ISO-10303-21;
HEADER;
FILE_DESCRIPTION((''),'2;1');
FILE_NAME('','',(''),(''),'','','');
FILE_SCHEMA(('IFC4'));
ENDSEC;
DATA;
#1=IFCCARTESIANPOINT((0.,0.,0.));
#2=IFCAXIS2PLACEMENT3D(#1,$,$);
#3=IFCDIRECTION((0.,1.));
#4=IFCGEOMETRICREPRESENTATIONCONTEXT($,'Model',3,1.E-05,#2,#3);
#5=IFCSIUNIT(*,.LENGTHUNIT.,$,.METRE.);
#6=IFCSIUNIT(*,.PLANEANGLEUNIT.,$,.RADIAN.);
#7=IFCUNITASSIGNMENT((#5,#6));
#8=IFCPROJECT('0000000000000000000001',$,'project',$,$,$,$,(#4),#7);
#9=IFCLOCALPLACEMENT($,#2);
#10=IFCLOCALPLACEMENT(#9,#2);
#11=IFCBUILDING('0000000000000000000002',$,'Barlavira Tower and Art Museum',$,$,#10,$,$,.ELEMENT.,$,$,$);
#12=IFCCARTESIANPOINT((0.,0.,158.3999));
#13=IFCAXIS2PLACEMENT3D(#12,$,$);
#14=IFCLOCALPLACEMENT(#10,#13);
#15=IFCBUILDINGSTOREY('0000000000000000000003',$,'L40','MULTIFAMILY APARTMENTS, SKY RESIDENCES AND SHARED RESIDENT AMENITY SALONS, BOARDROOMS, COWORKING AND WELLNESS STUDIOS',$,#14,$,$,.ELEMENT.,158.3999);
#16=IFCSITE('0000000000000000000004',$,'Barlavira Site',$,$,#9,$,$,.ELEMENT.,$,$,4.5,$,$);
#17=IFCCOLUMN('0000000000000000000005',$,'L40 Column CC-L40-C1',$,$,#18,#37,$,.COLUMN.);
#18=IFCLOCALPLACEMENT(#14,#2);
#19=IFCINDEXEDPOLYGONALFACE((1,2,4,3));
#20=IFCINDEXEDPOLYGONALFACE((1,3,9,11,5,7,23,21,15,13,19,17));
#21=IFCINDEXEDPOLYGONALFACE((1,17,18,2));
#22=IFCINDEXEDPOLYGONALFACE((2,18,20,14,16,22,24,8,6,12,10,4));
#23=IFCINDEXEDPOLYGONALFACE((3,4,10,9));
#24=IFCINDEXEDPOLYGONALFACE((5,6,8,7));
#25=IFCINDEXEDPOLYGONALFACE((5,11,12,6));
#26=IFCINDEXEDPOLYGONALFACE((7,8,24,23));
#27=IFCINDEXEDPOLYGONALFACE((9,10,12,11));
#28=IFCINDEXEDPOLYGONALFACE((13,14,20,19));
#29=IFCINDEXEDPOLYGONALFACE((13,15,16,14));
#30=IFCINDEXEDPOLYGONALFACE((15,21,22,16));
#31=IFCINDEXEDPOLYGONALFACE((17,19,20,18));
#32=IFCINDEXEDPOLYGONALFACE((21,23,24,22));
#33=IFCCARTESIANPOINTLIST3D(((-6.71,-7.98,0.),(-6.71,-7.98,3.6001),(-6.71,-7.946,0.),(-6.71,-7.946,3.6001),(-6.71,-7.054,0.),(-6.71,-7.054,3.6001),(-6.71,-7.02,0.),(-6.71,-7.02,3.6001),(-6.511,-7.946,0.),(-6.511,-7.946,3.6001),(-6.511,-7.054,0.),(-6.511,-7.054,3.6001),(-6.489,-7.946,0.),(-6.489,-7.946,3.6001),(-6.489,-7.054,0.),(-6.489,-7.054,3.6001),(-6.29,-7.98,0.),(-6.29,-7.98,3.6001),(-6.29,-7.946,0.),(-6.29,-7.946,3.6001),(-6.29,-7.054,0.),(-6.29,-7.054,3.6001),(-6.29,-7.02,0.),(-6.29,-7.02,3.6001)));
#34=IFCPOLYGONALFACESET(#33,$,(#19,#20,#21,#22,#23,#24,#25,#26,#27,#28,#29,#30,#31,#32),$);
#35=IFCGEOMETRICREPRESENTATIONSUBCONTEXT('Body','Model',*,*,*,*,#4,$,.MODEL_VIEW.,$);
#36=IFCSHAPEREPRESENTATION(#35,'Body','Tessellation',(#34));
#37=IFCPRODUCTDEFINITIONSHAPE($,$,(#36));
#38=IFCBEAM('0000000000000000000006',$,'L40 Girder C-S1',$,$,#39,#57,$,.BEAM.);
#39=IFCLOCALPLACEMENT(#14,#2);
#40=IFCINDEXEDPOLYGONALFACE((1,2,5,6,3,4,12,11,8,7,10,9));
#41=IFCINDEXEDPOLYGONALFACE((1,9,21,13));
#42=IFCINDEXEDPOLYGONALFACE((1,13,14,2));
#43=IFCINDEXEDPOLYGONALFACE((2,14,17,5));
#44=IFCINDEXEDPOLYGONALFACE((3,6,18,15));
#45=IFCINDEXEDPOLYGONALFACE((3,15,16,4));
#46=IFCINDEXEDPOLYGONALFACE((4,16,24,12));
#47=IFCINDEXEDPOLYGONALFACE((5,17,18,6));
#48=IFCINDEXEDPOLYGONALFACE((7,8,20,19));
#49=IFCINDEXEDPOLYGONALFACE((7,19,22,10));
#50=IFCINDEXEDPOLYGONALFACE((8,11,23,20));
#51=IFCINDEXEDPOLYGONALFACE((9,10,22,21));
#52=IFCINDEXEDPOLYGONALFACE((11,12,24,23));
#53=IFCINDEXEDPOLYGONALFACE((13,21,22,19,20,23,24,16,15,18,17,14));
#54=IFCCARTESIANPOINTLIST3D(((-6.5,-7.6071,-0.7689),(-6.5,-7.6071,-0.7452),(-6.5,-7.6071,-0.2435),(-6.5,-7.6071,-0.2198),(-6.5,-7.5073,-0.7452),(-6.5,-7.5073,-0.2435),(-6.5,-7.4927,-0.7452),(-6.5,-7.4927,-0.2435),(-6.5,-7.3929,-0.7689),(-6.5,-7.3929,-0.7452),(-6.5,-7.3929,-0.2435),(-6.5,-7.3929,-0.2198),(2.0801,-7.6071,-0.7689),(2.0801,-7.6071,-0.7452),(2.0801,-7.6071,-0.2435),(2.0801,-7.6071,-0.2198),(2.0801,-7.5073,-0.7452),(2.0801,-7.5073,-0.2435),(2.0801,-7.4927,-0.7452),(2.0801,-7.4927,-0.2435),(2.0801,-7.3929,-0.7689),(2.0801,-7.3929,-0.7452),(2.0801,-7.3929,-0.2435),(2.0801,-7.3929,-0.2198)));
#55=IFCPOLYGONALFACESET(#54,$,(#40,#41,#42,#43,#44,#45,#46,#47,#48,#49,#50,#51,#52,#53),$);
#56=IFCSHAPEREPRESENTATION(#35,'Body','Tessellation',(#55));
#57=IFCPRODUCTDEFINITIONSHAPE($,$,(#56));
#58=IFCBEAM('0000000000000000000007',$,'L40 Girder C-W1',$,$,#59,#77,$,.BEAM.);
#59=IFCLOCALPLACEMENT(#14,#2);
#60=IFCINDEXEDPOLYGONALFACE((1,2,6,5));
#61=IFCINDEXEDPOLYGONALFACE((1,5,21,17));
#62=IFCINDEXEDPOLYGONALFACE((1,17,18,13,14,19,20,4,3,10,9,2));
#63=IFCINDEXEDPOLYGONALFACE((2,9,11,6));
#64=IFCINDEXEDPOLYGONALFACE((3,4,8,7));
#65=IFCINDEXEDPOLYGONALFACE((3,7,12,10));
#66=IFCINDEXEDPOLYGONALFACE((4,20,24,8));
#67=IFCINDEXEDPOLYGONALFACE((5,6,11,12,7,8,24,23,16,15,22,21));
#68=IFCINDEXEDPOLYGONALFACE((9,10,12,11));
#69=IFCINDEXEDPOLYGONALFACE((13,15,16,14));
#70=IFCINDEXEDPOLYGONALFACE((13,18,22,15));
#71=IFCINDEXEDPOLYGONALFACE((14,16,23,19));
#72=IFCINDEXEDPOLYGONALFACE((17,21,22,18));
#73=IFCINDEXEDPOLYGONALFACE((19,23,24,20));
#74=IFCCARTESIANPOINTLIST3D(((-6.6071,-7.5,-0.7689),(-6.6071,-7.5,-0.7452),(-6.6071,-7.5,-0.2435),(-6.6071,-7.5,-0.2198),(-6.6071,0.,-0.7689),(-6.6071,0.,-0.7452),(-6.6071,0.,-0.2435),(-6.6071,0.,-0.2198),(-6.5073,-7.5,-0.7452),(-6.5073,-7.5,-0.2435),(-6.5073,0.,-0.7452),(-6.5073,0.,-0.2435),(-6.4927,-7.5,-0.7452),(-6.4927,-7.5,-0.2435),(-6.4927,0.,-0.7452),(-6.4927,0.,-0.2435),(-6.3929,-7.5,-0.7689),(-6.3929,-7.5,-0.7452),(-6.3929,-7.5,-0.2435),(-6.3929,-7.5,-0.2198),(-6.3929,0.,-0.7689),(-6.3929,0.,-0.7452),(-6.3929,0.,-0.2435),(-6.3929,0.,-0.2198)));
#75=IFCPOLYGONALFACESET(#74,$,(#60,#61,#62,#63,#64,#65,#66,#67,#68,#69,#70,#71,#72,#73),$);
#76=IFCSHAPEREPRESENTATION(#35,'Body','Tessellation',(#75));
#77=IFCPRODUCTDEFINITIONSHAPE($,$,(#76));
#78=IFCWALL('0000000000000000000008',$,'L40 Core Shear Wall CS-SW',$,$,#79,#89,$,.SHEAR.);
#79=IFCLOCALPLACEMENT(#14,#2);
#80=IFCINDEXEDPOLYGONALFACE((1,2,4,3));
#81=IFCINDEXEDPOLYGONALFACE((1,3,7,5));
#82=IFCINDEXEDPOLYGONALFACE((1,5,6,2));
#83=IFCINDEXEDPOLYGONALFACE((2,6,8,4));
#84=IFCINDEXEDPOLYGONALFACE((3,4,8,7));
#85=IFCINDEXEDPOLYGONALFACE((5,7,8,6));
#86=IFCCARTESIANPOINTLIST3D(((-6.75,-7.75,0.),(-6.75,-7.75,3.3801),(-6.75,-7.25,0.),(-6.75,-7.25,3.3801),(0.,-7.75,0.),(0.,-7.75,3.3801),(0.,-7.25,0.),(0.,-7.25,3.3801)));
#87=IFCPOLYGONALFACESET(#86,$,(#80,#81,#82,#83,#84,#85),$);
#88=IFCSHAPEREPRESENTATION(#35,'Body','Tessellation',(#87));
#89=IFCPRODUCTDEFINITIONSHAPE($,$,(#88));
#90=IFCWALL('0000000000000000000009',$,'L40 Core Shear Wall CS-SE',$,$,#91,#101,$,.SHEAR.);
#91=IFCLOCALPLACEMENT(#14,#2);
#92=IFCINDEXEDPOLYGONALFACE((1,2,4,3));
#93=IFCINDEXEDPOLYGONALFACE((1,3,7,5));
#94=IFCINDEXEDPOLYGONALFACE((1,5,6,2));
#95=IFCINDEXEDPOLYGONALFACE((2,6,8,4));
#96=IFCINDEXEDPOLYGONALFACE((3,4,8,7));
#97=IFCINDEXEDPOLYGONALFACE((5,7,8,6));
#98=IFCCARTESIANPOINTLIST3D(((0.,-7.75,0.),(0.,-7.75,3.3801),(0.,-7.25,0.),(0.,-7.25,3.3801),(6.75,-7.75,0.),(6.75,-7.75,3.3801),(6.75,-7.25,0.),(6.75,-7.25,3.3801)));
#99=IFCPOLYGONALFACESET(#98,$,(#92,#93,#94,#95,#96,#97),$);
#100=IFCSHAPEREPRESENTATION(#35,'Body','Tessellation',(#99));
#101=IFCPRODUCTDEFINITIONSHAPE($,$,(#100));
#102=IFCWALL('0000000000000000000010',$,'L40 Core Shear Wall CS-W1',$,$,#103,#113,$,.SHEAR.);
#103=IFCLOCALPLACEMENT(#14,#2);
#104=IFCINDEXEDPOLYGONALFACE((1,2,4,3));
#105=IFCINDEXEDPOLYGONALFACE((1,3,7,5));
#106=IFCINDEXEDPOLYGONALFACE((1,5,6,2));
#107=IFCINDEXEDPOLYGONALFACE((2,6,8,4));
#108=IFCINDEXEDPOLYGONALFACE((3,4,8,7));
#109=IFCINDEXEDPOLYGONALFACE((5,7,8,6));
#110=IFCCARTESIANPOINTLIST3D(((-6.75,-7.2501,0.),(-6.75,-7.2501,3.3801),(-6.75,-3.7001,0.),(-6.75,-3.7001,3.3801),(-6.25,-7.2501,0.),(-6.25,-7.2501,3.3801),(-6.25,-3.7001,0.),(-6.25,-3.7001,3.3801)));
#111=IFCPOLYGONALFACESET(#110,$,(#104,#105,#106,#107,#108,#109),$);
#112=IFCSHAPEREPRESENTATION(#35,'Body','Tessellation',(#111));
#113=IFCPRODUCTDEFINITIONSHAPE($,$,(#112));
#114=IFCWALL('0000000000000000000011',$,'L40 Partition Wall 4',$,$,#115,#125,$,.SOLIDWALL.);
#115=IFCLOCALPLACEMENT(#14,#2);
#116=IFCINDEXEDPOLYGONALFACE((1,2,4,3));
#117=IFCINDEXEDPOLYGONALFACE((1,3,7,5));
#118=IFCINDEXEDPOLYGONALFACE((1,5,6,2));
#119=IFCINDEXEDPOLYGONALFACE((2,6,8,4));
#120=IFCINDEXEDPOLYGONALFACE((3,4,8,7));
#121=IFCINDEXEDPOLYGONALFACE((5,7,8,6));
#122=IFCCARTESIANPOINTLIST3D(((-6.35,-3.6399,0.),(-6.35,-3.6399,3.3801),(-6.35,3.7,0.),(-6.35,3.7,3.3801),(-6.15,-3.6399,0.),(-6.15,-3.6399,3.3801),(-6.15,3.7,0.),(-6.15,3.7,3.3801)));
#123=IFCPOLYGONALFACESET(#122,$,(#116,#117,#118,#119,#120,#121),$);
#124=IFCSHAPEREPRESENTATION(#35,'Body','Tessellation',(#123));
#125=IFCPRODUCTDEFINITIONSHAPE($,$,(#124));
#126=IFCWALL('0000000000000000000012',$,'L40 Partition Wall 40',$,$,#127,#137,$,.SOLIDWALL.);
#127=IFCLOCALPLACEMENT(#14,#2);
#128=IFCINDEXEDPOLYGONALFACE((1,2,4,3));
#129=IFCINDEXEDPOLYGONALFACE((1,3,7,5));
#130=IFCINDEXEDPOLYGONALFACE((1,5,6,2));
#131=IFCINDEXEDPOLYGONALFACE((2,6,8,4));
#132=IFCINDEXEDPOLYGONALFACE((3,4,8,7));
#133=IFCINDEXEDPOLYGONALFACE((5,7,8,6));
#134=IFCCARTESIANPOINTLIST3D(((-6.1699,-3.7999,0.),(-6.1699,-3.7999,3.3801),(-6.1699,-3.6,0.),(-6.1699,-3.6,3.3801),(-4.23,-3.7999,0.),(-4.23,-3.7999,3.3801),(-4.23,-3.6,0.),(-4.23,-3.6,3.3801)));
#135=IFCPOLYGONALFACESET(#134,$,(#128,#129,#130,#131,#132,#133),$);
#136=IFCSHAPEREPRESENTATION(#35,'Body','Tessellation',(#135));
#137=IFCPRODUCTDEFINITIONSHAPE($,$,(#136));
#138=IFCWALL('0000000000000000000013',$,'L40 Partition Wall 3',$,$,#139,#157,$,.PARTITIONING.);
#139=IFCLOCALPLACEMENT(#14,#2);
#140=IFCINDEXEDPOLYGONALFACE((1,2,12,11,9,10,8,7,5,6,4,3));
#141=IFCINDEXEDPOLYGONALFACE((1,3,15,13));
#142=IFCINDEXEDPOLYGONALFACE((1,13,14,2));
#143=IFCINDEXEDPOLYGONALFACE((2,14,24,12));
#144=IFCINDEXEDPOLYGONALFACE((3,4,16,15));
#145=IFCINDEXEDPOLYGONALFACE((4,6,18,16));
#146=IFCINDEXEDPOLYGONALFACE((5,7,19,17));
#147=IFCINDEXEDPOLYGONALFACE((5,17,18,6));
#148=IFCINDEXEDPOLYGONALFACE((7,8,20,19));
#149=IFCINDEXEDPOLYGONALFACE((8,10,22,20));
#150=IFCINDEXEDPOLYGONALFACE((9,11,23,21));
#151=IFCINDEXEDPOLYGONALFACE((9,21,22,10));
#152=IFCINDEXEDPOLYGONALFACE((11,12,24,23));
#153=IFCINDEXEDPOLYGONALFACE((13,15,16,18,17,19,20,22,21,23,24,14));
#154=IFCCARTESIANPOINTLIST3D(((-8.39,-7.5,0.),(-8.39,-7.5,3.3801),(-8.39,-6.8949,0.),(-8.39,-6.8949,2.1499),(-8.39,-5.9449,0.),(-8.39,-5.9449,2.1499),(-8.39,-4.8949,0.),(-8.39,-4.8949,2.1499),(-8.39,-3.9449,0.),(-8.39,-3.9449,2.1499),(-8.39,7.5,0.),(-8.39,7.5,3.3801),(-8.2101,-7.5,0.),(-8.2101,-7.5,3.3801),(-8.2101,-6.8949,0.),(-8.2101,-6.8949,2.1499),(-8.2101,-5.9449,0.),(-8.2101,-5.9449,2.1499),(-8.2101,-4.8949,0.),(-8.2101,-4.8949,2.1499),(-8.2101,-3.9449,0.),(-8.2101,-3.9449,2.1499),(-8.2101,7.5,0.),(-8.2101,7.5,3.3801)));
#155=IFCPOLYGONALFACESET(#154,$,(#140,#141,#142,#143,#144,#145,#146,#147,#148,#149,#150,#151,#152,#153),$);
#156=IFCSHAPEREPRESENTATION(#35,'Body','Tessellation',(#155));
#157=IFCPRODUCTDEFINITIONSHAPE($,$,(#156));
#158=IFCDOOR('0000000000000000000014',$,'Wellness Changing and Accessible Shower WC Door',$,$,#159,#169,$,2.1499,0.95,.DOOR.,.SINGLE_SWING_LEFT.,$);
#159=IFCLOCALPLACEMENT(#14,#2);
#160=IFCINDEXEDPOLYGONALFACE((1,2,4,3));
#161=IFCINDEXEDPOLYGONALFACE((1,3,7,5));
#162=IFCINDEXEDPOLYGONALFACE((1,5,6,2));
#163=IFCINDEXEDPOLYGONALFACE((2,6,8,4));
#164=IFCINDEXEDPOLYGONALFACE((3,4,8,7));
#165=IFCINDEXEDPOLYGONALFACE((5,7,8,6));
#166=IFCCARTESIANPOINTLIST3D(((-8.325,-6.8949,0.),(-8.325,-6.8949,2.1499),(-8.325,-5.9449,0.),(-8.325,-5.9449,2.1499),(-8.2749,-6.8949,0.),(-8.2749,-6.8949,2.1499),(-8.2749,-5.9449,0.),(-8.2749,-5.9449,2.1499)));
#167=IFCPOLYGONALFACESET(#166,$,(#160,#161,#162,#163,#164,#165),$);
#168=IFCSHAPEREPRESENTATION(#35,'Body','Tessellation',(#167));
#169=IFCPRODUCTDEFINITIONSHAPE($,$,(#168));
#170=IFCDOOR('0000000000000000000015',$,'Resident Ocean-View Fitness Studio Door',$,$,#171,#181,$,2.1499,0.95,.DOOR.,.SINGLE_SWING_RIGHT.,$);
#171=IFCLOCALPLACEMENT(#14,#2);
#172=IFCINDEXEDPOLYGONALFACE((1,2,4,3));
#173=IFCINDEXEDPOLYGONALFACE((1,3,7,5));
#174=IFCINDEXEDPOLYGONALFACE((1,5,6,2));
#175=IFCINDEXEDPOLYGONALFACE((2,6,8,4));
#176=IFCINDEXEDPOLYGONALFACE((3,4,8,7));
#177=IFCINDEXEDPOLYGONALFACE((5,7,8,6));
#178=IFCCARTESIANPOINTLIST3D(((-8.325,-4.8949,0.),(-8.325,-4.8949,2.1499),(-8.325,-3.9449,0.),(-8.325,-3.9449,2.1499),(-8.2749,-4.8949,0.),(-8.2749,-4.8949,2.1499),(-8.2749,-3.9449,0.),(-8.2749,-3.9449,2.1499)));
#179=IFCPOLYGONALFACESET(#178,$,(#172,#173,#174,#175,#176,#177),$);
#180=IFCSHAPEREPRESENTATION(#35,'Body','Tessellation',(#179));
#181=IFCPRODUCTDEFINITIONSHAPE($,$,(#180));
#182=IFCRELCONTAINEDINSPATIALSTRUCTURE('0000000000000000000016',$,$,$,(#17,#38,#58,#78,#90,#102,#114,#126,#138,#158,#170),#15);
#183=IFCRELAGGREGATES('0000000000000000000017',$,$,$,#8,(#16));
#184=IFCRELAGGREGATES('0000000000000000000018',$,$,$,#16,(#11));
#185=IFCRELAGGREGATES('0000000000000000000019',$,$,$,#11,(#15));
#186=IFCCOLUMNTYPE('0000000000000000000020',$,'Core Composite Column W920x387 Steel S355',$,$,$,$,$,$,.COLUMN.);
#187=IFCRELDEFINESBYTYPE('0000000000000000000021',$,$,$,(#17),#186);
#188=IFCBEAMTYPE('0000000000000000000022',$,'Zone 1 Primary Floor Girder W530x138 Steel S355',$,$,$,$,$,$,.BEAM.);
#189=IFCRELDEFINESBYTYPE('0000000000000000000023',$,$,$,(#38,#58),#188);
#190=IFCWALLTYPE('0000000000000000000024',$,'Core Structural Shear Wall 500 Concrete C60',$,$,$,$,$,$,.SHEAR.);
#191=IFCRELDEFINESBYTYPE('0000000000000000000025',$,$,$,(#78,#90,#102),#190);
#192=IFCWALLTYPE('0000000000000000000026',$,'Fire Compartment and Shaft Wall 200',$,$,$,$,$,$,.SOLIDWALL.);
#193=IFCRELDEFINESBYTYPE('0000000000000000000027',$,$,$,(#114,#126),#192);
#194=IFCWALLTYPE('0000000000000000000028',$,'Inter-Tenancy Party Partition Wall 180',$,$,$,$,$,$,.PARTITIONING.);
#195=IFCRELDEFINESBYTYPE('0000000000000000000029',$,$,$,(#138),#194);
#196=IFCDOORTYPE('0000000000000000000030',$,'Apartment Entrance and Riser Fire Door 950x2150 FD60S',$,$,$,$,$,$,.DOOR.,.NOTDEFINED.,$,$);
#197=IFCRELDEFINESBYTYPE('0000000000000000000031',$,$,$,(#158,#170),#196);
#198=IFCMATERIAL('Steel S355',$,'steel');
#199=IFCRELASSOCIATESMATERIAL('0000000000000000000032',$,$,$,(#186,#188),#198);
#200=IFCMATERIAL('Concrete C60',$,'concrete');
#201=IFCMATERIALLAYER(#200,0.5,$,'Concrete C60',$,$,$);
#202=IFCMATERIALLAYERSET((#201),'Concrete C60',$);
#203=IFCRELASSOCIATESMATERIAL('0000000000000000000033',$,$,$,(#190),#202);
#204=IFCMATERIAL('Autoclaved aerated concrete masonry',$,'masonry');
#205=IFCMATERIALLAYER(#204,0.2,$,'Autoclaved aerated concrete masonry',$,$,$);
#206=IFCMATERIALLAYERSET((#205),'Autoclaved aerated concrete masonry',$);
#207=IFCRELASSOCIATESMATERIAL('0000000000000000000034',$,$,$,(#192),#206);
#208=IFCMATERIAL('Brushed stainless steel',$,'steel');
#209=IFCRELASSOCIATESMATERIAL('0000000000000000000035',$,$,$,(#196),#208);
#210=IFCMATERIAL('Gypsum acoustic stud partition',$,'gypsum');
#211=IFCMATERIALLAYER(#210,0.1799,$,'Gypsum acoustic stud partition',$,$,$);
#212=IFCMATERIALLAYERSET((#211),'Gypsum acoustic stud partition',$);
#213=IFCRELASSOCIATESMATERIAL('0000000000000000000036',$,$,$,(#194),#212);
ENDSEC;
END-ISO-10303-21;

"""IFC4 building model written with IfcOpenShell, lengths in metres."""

from ifc_helpers import new_model, si_unit, direction, frame, frame_2d, origin, origin_2d, place, context, subcontext, project, spatial, rectangle, i_section, extrude, material, layer, layer_set, material_profile, profile_set, type_object, element, fill, save


model = new_model("IFC4")

# Units and contexts
model_context = context("Model", 3, precision=1e-05, world=origin(), true_north=direction((0.0, 1.0)))
body_context = subcontext(model_context, "Body", "Model", "MODEL_VIEW")
ifc_project = project(units=[si_unit("LENGTHUNIT", "METRE"), si_unit("PLANEANGLEUNIT", "RADIAN")], contexts=[model_context])

# Site, building, storey
site_placement = place(None, origin())
site = spatial("IfcSite", under=ifc_project, at=site_placement, Name="Barlavira Site", CompositionType="ELEMENT", RefElevation=4.5)
building_placement = place(site_placement, origin())
building = spatial("IfcBuilding", under=site, at=building_placement, Name="Barlavira Tower and Art Museum", CompositionType="ELEMENT")
storey_placement = place(building_placement, frame((0.0, 0.0, 158.3999)))
storey = spatial("IfcBuildingStorey", under=building, at=storey_placement, Name="L40", Description="MULTIFAMILY APARTMENTS, SKY RESIDENCES AND SHARED RESIDENT AMENITY SALONS, BOARDROOMS, COWORKING AND WELLNESS STUDIOS", CompositionType="ELEMENT", Elevation=158.3999)

# Column
ifc_material_1 = material(Name="Steel S355", Category="steel")
ifc_material_profile_1 = material_profile(ifc_material_1, i_section(OverallWidth=0.4199, OverallDepth=0.96, WebThickness=0.022, FlangeThickness=0.0339, at=origin_2d()), Name="W920x387.0")
ifc_profile_set_1 = profile_set([ifc_material_profile_1], Name="Steel S355")
column_type = type_object("IfcColumnType", Name="Core Composite Column W920x387 Steel S355", PredefinedType="COLUMN", material=ifc_profile_set_1)
column_placement = place(storey_placement, frame((-6.5, -7.5, 0.0), z_axis=(0.0, 0.0, 1.0), x_axis=(1.0, 0.0, 0.0)))
element("IfcColumn", 1, at=column_placement, inside=storey, type_object=column_type, Name="L40 Column CC-L40-C1", PredefinedType="COLUMN", context=body_context, shape_type="SweptSolid", body=[
    extrude(i_section(OverallWidth=0.4199, OverallDepth=0.96, WebThickness=0.022, FlangeThickness=0.0339, at=origin_2d()), origin(), (0.0, 0.0, 1.0), 3.6001),
])

# Beams
ifc_material_profile_2 = material_profile(ifc_material_1, i_section(OverallWidth=0.2141, OverallDepth=0.5491, WebThickness=0.0146, FlangeThickness=0.0237, at=origin_2d()), Name="W530x138.0")
ifc_profile_set_2 = profile_set([ifc_material_profile_2], Name="Steel S355")
beam_type = type_object("IfcBeamType", Name="Zone 1 Primary Floor Girder W530x138 Steel S355", PredefinedType="BEAM", material=ifc_profile_set_2)
beam_1_placement = place(storey_placement, frame((-6.5, -7.5, -0.4944), z_axis=(1.0, 0.0, 0.0), x_axis=(0.0, 1.0, 0.0)))
element("IfcBeam", 2, at=beam_1_placement, inside=storey, type_object=beam_type, Name="L40 Girder C-S1", PredefinedType="BEAM", context=body_context, shape_type="SweptSolid", body=[
    extrude(i_section(OverallWidth=0.2141, OverallDepth=0.5491, WebThickness=0.0146, FlangeThickness=0.0237, at=origin_2d()), origin(), (0.0, 0.0, 1.0), 8.5801),
])
beam_2_placement = place(storey_placement, frame((-6.5, -7.5, -0.4944), z_axis=(0.0, 1.0, 0.0), x_axis=(-1.0, 0.0, 0.0)))
element("IfcBeam", 3, at=beam_2_placement, inside=storey, type_object=beam_type, Name="L40 Girder C-W1", PredefinedType="BEAM", context=body_context, shape_type="SweptSolid", body=[
    extrude(i_section(OverallWidth=0.2141, OverallDepth=0.5491, WebThickness=0.0146, FlangeThickness=0.0237, at=origin_2d()), origin(), (0.0, 0.0, 1.0), 7.5),
])

# Walls
ifc_material_2 = material(Name="Concrete C60", Category="concrete")
ifc_layer_1 = layer(ifc_material_2, 0.5, Name="Concrete C60")
ifc_layer_set_1 = layer_set([ifc_layer_1], Name="Concrete C60")
wall_type_1 = type_object("IfcWallType", Name="Core Structural Shear Wall 500 Concrete C60", PredefinedType="SHEAR", material=ifc_layer_set_1)
for number, where, z_axis, x_axis, name in (
    (4, (-6.75, -7.5, 0.0), (0.0, 0.0, 1.0), (1.0, 0.0, 0.0), "L40 Core Shear Wall CS-SW"),
    (5, (0.0, -7.5, 0.0), (0.0, 0.0, 1.0), (1.0, 0.0, 0.0), "L40 Core Shear Wall CS-SE"),
):
    element("IfcWall", number, at=place(storey_placement, frame(where, z_axis=z_axis, x_axis=x_axis)), inside=storey, type_object=wall_type_1, Name=name, PredefinedType="SHEAR", context=body_context, shape_type="SweptSolid", body=[
        extrude(rectangle(XDim=6.75, YDim=0.5, at=frame_2d((3.375, 0.0))), origin(), (0.0, 0.0, 1.0), 3.3801),
    ])
wall_1_placement = place(storey_placement, frame((-6.5, -7.25, 0.0), z_axis=(0.0, 0.0, 1.0), x_axis=(0.0, 1.0, 0.0)))
element("IfcWall", 6, at=wall_1_placement, inside=storey, type_object=wall_type_1, Name="L40 Core Shear Wall CS-W1", PredefinedType="SHEAR", context=body_context, shape_type="SweptSolid", body=[
    extrude(rectangle(XDim=3.55, YDim=0.5, at=frame_2d((1.7749, 0.0))), origin(), (0.0, 0.0, 1.0), 3.3801),
])
ifc_material_3 = material(Name="Autoclaved aerated concrete masonry", Category="masonry")
ifc_layer_2 = layer(ifc_material_3, 0.2, Name="Autoclaved aerated concrete masonry")
ifc_layer_set_2 = layer_set([ifc_layer_2], Name="Autoclaved aerated concrete masonry")
wall_type_2 = type_object("IfcWallType", Name="Fire Compartment and Shaft Wall 200", PredefinedType="SOLIDWALL", material=ifc_layer_set_2)
wall_2_placement = place(storey_placement, frame((-6.25, -3.6399, 0.0), z_axis=(0.0, 0.0, 1.0), x_axis=(0.0, 1.0, 0.0)))
element("IfcWall", 7, at=wall_2_placement, inside=storey, type_object=wall_type_2, Name="L40 Partition Wall 4", PredefinedType="SOLIDWALL", context=body_context, shape_type="SweptSolid", body=[
    extrude(rectangle(XDim=7.3398, YDim=0.2, at=frame_2d((3.6699, 0.0))), origin(), (0.0, 0.0, 1.0), 3.3801),
])

# Shared definitions
ifc_material_4 = material(Name="Brushed stainless steel", Category="steel")
door_type = type_object("IfcDoorType", Name="Apartment Entrance and Riser Fire Door 950x2150 FD60S", OperationType="NOTDEFINED", PredefinedType="DOOR", material=ifc_material_4)

# Wall
wall_3_placement = place(storey_placement, frame((-6.1699, -3.7, 0.0), z_axis=(0.0, 0.0, 1.0), x_axis=(1.0, 0.0, 0.0)))
element("IfcWall", 8, at=wall_3_placement, inside=storey, type_object=wall_type_2, Name="L40 Partition Wall 40", PredefinedType="SOLIDWALL", context=body_context, shape_type="SweptSolid", body=[
    extrude(rectangle(XDim=1.9399, YDim=0.2, at=frame_2d((0.97, 0.0))), origin(), (0.0, 0.0, 1.0), 3.3801),
])

# Wall, openings, doors
ifc_material_5 = material(Name="Gypsum acoustic stud partition", Category="gypsum")
ifc_layer_3 = layer(ifc_material_5, 0.1799, Name="Gypsum acoustic stud partition")
ifc_layer_set_3 = layer_set([ifc_layer_3], Name="Gypsum acoustic stud partition")
wall_type_3 = type_object("IfcWallType", Name="Inter-Tenancy Party Partition Wall 180", PredefinedType="PARTITIONING", material=ifc_layer_set_3)
wall_4_placement = place(storey_placement, frame((-8.3, -7.5, 0.0), z_axis=(0.0, 0.0, 1.0), x_axis=(0.0, 1.0, 0.0)))
wall_4 = element("IfcWall", 9, at=wall_4_placement, inside=storey, type_object=wall_type_3, Name="L40 Partition Wall 3", PredefinedType="PARTITIONING", context=body_context, shape_type="SweptSolid", body=[
    extrude(rectangle(XDim=15.0, YDim=0.1799, at=frame_2d((7.5, 0.0))), origin(), (0.0, 0.0, 1.0), 3.3801),
])
opening_1_placement = place(wall_4_placement, frame((0.605, 0.0, 0.0)))
opening_1 = element("IfcOpeningElement", 10, at=opening_1_placement, cuts=wall_4, PredefinedType="OPENING", context=body_context, shape_type="SweptSolid", body=[
    extrude(rectangle(XDim=0.95, YDim=2.1499, at=frame_2d((0.4751, 1.075))), frame((0.0, 0.1001, 0.0), z_axis=(0.0, -1.0, 0.0), x_axis=(1.0, 0.0, 0.0)), (0.0, 0.0, 1.0), 0.2),
])
opening_2_placement = place(wall_4_placement, frame((2.605, 0.0, 0.0)))
opening_2 = element("IfcOpeningElement", 11, at=opening_2_placement, cuts=wall_4, PredefinedType="OPENING", context=body_context, shape_type="SweptSolid", body=[
    extrude(rectangle(XDim=0.95, YDim=2.1499, at=frame_2d((0.4751, 1.075))), frame((0.0, 0.1001, 0.0), z_axis=(0.0, -1.0, 0.0), x_axis=(1.0, 0.0, 0.0)), (0.0, 0.0, 1.0), 0.2),
])
door_1_placement = place(opening_1_placement, origin())
door_1 = element("IfcDoor", 12, at=door_1_placement, inside=storey, type_object=door_type, Name="Wellness Changing and Accessible Shower WC Door", OperationType="SINGLE_SWING_LEFT", OverallHeight=2.1499, OverallWidth=0.95, PredefinedType="DOOR", context=body_context, shape_type="SweptSolid", body=[
    extrude(rectangle(XDim=0.95, YDim=2.1499, at=frame_2d((0.4751, 1.075))), frame((0.0, 0.0249, 0.0), z_axis=(0.0, -1.0, 0.0), x_axis=(1.0, 0.0, 0.0)), (0.0, 0.0, 1.0), 0.05),
])
fill(opening_1, door_1)
door_2_placement = place(opening_2_placement, origin())
door_2 = element("IfcDoor", 13, at=door_2_placement, inside=storey, type_object=door_type, Name="Resident Ocean-View Fitness Studio Door", OperationType="SINGLE_SWING_RIGHT", OverallHeight=2.1499, OverallWidth=0.95, PredefinedType="DOOR", context=body_context, shape_type="SweptSolid", body=[
    extrude(rectangle(XDim=0.95, YDim=2.1499, at=frame_2d((0.4751, 1.075))), frame((0.0, 0.0249, 0.0), z_axis=(0.0, -1.0, 0.0), x_axis=(1.0, 0.0, 0.0)), (0.0, 0.0, 1.0), 0.05),
])
fill(opening_2, door_2)

save(model, "model.ifc")
